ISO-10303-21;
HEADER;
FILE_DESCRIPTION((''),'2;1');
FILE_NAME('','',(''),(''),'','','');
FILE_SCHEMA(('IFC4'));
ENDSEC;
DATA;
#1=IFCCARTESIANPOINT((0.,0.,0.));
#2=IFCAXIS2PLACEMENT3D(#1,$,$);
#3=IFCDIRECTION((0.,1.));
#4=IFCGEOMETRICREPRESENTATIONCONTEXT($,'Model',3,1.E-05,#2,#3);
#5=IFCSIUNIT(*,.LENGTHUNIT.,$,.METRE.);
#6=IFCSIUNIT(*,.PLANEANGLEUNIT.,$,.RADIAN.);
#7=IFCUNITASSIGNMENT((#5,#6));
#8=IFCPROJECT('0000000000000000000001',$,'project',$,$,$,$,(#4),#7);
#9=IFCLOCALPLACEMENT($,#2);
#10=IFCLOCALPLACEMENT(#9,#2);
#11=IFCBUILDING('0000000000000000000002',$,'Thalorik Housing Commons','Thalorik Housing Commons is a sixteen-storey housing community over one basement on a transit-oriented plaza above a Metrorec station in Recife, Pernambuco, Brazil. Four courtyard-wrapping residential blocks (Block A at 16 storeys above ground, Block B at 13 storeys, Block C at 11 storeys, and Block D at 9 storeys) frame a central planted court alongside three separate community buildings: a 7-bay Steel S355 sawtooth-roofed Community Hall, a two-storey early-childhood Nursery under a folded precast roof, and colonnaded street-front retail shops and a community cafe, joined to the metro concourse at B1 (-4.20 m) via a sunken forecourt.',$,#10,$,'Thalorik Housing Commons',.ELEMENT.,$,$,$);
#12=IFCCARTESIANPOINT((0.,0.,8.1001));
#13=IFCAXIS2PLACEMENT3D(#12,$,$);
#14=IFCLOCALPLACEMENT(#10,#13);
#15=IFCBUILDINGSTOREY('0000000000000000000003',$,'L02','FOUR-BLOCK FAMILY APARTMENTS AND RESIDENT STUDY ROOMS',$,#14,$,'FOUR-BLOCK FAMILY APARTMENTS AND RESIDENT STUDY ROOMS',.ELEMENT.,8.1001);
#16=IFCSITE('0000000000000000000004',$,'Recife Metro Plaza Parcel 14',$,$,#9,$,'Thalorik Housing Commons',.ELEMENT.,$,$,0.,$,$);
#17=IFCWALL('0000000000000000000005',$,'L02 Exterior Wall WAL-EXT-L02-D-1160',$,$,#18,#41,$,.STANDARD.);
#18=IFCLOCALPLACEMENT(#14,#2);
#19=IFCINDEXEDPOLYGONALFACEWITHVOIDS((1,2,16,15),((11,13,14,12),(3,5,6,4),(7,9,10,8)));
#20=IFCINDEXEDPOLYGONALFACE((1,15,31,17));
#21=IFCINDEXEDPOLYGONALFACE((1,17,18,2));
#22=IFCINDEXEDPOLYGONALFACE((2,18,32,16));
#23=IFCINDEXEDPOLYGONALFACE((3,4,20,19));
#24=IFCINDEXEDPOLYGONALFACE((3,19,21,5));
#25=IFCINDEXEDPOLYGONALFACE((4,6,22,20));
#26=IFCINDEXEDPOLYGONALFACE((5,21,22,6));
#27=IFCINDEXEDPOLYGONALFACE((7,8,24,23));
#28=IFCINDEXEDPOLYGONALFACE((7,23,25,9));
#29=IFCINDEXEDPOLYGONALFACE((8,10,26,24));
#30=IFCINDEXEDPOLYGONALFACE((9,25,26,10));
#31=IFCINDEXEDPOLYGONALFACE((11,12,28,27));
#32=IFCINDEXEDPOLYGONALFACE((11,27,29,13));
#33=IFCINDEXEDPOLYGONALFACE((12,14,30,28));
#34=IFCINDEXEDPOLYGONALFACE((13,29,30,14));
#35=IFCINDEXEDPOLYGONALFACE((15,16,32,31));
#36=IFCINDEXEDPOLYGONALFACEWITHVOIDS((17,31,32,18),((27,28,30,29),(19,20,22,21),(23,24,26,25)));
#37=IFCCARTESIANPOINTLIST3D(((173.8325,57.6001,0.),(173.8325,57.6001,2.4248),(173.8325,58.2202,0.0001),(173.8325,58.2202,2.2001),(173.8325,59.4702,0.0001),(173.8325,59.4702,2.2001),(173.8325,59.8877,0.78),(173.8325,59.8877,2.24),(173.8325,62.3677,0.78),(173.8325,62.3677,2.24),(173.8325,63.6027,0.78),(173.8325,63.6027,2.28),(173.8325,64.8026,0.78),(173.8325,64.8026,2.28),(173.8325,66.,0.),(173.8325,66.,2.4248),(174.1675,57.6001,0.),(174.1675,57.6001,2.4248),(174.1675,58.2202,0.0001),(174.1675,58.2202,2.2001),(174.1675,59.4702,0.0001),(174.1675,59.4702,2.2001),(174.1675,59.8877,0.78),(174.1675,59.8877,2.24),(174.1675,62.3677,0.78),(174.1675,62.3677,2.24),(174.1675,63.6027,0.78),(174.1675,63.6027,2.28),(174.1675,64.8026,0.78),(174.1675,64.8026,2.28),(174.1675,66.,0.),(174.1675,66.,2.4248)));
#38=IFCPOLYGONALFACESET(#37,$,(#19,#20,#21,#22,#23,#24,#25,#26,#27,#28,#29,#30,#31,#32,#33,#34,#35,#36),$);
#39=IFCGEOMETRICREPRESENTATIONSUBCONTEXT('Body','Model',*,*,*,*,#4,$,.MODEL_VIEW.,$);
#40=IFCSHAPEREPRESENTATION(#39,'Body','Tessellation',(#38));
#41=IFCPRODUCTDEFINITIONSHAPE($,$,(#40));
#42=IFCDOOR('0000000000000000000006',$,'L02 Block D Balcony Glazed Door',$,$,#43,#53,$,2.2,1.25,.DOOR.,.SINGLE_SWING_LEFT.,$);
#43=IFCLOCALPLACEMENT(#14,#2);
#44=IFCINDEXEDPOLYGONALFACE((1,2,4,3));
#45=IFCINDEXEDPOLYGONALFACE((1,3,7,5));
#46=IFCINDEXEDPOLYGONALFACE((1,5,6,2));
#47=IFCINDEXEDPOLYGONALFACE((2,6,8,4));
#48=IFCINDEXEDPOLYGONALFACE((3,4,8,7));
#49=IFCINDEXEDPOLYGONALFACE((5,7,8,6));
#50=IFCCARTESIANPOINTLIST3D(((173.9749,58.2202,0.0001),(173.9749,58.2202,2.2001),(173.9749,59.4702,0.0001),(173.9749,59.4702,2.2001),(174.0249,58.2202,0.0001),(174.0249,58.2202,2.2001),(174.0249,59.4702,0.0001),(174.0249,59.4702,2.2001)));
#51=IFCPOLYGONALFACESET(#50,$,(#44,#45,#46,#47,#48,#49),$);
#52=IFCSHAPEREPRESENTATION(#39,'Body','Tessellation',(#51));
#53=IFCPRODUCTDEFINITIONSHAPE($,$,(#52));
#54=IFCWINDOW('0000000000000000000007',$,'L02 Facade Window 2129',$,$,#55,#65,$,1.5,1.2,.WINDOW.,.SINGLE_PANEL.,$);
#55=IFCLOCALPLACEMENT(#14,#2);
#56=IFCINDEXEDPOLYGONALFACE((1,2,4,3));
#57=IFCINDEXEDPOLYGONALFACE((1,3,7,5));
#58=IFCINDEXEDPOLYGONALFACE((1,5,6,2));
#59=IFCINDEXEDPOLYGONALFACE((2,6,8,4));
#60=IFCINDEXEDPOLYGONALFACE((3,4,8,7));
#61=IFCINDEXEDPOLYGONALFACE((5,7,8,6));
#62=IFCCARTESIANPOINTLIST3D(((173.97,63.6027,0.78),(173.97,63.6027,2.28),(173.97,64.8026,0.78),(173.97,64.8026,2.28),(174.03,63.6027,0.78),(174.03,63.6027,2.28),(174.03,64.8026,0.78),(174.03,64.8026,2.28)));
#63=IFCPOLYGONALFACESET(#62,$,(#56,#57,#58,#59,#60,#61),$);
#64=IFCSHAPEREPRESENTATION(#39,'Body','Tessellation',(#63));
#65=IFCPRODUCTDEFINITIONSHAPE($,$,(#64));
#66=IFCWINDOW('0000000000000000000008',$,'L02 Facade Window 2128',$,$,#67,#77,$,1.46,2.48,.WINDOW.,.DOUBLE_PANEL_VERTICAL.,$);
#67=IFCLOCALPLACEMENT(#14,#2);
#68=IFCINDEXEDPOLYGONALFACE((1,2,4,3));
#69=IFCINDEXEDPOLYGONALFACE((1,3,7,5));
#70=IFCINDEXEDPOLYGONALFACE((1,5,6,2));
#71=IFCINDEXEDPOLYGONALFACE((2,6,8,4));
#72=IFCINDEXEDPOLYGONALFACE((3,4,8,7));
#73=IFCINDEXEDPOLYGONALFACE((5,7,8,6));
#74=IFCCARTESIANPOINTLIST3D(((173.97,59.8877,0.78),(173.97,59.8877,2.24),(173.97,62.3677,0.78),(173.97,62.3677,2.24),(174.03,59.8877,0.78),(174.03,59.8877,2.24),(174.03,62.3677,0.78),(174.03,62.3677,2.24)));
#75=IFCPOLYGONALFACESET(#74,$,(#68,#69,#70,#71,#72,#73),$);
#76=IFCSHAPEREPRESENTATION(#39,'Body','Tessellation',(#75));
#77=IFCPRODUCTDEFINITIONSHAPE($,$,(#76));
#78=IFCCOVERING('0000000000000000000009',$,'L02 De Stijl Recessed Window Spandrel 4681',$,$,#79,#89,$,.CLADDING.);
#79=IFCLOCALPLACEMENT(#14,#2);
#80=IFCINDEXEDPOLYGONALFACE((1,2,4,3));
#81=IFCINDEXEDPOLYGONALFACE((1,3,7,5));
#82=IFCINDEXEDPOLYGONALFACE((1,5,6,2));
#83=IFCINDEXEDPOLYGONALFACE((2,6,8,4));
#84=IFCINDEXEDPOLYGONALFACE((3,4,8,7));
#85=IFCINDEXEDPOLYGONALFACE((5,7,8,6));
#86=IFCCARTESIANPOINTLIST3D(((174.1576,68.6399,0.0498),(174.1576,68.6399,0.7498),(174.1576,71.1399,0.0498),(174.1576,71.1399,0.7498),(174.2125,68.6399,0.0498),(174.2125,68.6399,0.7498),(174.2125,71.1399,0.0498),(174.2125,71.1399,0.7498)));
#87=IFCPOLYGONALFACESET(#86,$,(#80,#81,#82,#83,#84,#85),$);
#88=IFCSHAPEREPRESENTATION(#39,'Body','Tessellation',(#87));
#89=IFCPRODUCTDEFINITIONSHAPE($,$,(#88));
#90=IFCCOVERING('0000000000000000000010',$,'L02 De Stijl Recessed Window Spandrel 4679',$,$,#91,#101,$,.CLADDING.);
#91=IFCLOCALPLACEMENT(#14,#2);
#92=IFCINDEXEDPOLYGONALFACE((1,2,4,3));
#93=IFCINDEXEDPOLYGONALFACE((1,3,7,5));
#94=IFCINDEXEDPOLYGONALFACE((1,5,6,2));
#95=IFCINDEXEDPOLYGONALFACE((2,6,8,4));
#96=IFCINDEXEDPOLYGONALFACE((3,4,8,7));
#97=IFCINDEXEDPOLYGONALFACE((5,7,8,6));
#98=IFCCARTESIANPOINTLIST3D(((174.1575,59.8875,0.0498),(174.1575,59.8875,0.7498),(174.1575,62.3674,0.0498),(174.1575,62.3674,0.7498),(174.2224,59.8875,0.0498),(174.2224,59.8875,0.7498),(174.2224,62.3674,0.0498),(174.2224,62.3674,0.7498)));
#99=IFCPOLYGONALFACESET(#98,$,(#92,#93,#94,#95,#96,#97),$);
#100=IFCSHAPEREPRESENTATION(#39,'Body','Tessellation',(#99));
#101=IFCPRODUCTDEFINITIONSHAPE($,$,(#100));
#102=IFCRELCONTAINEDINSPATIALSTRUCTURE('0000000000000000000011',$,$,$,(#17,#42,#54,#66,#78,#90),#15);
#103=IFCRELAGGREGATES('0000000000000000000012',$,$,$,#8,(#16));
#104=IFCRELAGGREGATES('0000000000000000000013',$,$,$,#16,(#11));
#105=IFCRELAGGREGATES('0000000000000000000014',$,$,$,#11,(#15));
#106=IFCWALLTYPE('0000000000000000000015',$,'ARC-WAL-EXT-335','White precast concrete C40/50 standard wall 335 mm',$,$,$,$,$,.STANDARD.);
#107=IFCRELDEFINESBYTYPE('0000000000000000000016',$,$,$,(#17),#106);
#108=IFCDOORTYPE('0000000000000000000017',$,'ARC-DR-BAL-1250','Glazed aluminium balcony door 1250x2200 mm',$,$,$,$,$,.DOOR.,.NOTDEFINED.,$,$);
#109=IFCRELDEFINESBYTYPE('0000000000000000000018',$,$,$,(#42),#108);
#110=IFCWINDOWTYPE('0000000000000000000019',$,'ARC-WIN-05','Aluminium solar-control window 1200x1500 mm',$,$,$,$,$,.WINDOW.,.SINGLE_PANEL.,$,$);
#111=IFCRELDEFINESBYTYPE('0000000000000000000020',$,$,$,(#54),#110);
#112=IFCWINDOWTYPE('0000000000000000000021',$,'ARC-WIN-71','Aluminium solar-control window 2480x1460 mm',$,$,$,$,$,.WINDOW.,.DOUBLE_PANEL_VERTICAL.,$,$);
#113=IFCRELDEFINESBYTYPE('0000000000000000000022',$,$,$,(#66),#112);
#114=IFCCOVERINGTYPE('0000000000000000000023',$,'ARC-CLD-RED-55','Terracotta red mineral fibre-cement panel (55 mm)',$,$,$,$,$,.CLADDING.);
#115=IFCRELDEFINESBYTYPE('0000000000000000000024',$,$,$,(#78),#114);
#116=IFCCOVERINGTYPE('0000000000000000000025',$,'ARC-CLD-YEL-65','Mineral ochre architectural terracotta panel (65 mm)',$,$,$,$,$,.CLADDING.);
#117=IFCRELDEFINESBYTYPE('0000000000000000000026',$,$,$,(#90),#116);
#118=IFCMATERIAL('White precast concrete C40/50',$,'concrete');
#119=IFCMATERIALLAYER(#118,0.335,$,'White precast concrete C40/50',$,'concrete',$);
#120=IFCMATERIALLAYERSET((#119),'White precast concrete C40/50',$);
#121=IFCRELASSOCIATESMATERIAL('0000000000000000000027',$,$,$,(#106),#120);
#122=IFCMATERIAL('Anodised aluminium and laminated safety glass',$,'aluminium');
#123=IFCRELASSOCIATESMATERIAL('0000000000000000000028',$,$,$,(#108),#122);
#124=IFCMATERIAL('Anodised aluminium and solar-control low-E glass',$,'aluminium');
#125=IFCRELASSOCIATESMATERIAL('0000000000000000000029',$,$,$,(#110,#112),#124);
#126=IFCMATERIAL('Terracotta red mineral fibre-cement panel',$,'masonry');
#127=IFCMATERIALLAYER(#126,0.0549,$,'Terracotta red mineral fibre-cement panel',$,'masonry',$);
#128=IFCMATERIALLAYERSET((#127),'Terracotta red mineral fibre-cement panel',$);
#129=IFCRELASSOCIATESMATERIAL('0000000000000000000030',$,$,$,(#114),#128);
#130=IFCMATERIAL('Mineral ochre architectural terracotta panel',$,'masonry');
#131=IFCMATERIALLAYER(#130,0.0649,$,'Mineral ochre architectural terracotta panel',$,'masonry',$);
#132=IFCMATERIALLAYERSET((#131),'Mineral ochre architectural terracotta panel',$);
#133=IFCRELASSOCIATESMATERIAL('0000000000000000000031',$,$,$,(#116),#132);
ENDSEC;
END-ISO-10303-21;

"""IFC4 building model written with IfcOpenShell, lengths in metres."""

from ifc_helpers import new_model, si_unit, direction, frame, frame_2d, origin, origin_2d, place, context, subcontext, project, spatial, rectangle, extrude, material, layer, layer_set, type_object, element, fill, save


model = new_model("IFC4")

# Units and contexts
model_context = context("Model", 3, precision=1e-05, world=origin(), true_north=direction((0.0, 1.0)))
body_context = subcontext(model_context, "Body", "Model", "MODEL_VIEW")
ifc_project = project(units=[si_unit("LENGTHUNIT", "METRE"), si_unit("PLANEANGLEUNIT", "RADIAN")], contexts=[model_context])

# Site, building, storey
site_placement = place(None, origin())
site = spatial("IfcSite", under=ifc_project, at=site_placement, Name="Recife Metro Plaza Parcel 14", LongName="Thalorik Housing Commons", CompositionType="ELEMENT", RefElevation=0.0)
building_placement = place(site_placement, origin())
building = spatial("IfcBuilding", under=site, at=building_placement, Name="Thalorik Housing Commons", Description="Thalorik Housing Commons is a sixteen-storey housing community over one basement on a transit-oriented plaza above a Metrorec station in Recife, Pernambuco, Brazil. Four courtyard-wrapping residential blocks (Block A at 16 storeys above ground, Block B at 13 storeys, Block C at 11 storeys, and Block D at 9 storeys) frame a central planted court alongside three separate community buildings: a 7-bay Steel S355 sawtooth-roofed Community Hall, a two-storey early-childhood Nursery under a folded precast roof, and colonnaded street-front retail shops and a community cafe, joined to the metro concourse at B1 (-4.20 m) via a sunken forecourt.", LongName="Thalorik Housing Commons", CompositionType="ELEMENT")
storey_placement = place(building_placement, frame((0.0, 0.0, 8.1001)))
storey = spatial("IfcBuildingStorey", under=building, at=storey_placement, Name="L02", Description="FOUR-BLOCK FAMILY APARTMENTS AND RESIDENT STUDY ROOMS", LongName="FOUR-BLOCK FAMILY APARTMENTS AND RESIDENT STUDY ROOMS", CompositionType="ELEMENT", Elevation=8.1001)

# Wall, openings, door, windows
ifc_material_1 = material(Name="White precast concrete C40/50", Category="concrete")
ifc_layer_1 = layer(ifc_material_1, 0.335, Name="White precast concrete C40/50", Category="concrete")
ifc_layer_set_1 = layer_set([ifc_layer_1], Name="White precast concrete C40/50")
wall_type_1 = type_object("IfcWallType", Name="ARC-WAL-EXT-335", Description="White precast concrete C40/50 standard wall 335 mm", PredefinedType="STANDARD", material=ifc_layer_set_1)
wall_1_placement = place(storey_placement, frame((174.0, 57.6001, 0.0), z_axis=(0.0, 0.0, 1.0), x_axis=(0.0, 1.0, 0.0)))
wall_1 = element("IfcWall", 1, at=wall_1_placement, inside=storey, type_object=wall_type_1, Name="L02 Exterior Wall WAL-EXT-L02-D-1160", PredefinedType="STANDARD", context=body_context, shape_type="SweptSolid", body=[
    extrude(rectangle(XDim=8.3999, YDim=0.335, at=frame_2d((4.2, 0.0))), origin(), (0.0, 0.0, 1.0), 2.4248),
])
opening_1_placement = place(wall_1_placement, frame((0.6201, 0.0, 0.0)))
opening_1 = element("IfcOpeningElement", 2, at=opening_1_placement, cuts=wall_1, PredefinedType="OPENING", context=body_context, shape_type="SweptSolid", body=[
    extrude(rectangle(XDim=1.25, YDim=2.2, at=frame_2d((0.625, 1.1001))), frame((0.0, 0.1775, 0.0), z_axis=(0.0, -1.0, 0.0), x_axis=(1.0, 0.0, 0.0)), (0.0, 0.0, 1.0), 0.355),
])
opening_2_placement = place(wall_1_placement, frame((2.2876, 0.0, 0.78)))
opening_2 = element("IfcOpeningElement", 3, at=opening_2_placement, cuts=wall_1, PredefinedType="OPENING", context=body_context, shape_type="SweptSolid", body=[
    extrude(rectangle(XDim=2.48, YDim=1.46, at=frame_2d((1.24, 0.73))), frame((0.0, 0.1775, 0.0), z_axis=(0.0, -1.0, 0.0), x_axis=(1.0, 0.0, 0.0)), (0.0, 0.0, 1.0), 0.355),
])
opening_3_placement = place(wall_1_placement, frame((6.0024, 0.0, 0.78)))
opening_3 = element("IfcOpeningElement", 4, at=opening_3_placement, cuts=wall_1, PredefinedType="OPENING", context=body_context, shape_type="SweptSolid", body=[
    extrude(rectangle(XDim=1.2, YDim=1.5, at=frame_2d((0.6001, 0.75))), frame((0.0, 0.1775, 0.0), z_axis=(0.0, -1.0, 0.0), x_axis=(1.0, 0.0, 0.0)), (0.0, 0.0, 1.0), 0.355),
])
ifc_material_2 = material(Name="Anodised aluminium and laminated safety glass", Category="aluminium")
door_type_1 = type_object("IfcDoorType", Name="ARC-DR-BAL-1250", Description="Glazed aluminium balcony door 1250x2200 mm", OperationType="NOTDEFINED", PredefinedType="DOOR", material=ifc_material_2)
door_1_placement = place(opening_1_placement, frame((1.25, 0.0, 0.0), z_axis=(0.0, 0.0, 1.0), x_axis=(-1.0, 0.0, 0.0)))
door_1 = element("IfcDoor", 5, at=door_1_placement, inside=storey, type_object=door_type_1, Name="L02 Block D Balcony Glazed Door", OperationType="SINGLE_SWING_LEFT", OverallHeight=2.2, OverallWidth=1.25, PredefinedType="DOOR", context=body_context, shape_type="SweptSolid", body=[
    extrude(rectangle(XDim=1.25, YDim=2.2, at=frame_2d((0.625, 1.1001))), frame((0.0, 0.0249, 0.0), z_axis=(0.0, -1.0, 0.0), x_axis=(1.0, 0.0, 0.0)), (0.0, 0.0, 1.0), 0.05),
])
fill(opening_1, door_1)
ifc_material_3 = material(Name="Anodised aluminium and solar-control low-E glass", Category="aluminium")
window_type_1 = type_object("IfcWindowType", Name="ARC-WIN-05", Description="Aluminium solar-control window 1200x1500 mm", PartitioningType="SINGLE_PANEL", PredefinedType="WINDOW", material=ifc_material_3)
window_1_placement = place(opening_3_placement, origin())
window_1 = element("IfcWindow", 6, at=window_1_placement, inside=storey, type_object=window_type_1, Name="L02 Facade Window 2129", OverallHeight=1.5, OverallWidth=1.2, PartitioningType="SINGLE_PANEL", PredefinedType="WINDOW", context=body_context, shape_type="SweptSolid", body=[
    extrude(rectangle(XDim=1.2, YDim=1.5, at=frame_2d((0.6001, 0.75))), frame((0.0, 0.03, 0.0), z_axis=(0.0, -1.0, 0.0), x_axis=(1.0, 0.0, 0.0)), (0.0, 0.0, 1.0), 0.0601),
])
fill(opening_3, window_1)
window_type_2 = type_object("IfcWindowType", Name="ARC-WIN-71", Description="Aluminium solar-control window 2480x1460 mm", PartitioningType="DOUBLE_PANEL_VERTICAL", PredefinedType="WINDOW", material=ifc_material_3)
window_2_placement = place(opening_2_placement, origin())
window_2 = element("IfcWindow", 7, at=window_2_placement, inside=storey, type_object=window_type_2, Name="L02 Facade Window 2128", OverallHeight=1.46, OverallWidth=2.48, PartitioningType="DOUBLE_PANEL_VERTICAL", PredefinedType="WINDOW", context=body_context, shape_type="SweptSolid", body=[
    extrude(rectangle(XDim=2.48, YDim=1.46, at=frame_2d((1.24, 0.73))), frame((0.0, 0.03, 0.0), z_axis=(0.0, -1.0, 0.0), x_axis=(1.0, 0.0, 0.0)), (0.0, 0.0, 1.0), 0.0601),
])
fill(opening_2, window_2)

# Coverings
ifc_material_4 = material(Name="Terracotta red mineral fibre-cement panel", Category="masonry")
ifc_layer_2 = layer(ifc_material_4, 0.0549, Name="Terracotta red mineral fibre-cement panel", Category="masonry")
ifc_layer_set_2 = layer_set([ifc_layer_2], Name="Terracotta red mineral fibre-cement panel")
covering_type_1 = type_object("IfcCoveringType", Name="ARC-CLD-RED-55", Description="Terracotta red mineral fibre-cement panel (55 mm)", PredefinedType="CLADDING", material=ifc_layer_set_2)
covering_1_placement = place(storey_placement, frame((174.1851, 69.8899, 0.0498), z_axis=(0.0, 0.0, 1.0), x_axis=(0.0, 1.0, 0.0)))
element("IfcCovering", 8, at=covering_1_placement, inside=storey, type_object=covering_type_1, Name="L02 De Stijl Recessed Window Spandrel 4681", PredefinedType="CLADDING", context=body_context, shape_type="SweptSolid", body=[
    extrude(rectangle(XDim=2.5, YDim=0.0549, at=origin_2d()), origin(), (0.0, 0.0, 1.0), 0.7),
])
ifc_material_5 = material(Name="Mineral ochre architectural terracotta panel", Category="masonry")
ifc_layer_3 = layer(ifc_material_5, 0.0649, Name="Mineral ochre architectural terracotta panel", Category="masonry")
ifc_layer_set_3 = layer_set([ifc_layer_3], Name="Mineral ochre architectural terracotta panel")
covering_type_2 = type_object("IfcCoveringType", Name="ARC-CLD-YEL-65", Description="Mineral ochre architectural terracotta panel (65 mm)", PredefinedType="CLADDING", material=ifc_layer_set_3)
covering_2_placement = place(storey_placement, frame((174.1899, 61.1274, 0.0498), z_axis=(0.0, 0.0, 1.0), x_axis=(0.0, 1.0, 0.0)))
element("IfcCovering", 9, at=covering_2_placement, inside=storey, type_object=covering_type_2, Name="L02 De Stijl Recessed Window Spandrel 4679", PredefinedType="CLADDING", context=body_context, shape_type="SweptSolid", body=[
    extrude(rectangle(XDim=2.48, YDim=0.0649, at=origin_2d()), origin(), (0.0, 0.0, 1.0), 0.7),
])

save(model, "model.ifc")
